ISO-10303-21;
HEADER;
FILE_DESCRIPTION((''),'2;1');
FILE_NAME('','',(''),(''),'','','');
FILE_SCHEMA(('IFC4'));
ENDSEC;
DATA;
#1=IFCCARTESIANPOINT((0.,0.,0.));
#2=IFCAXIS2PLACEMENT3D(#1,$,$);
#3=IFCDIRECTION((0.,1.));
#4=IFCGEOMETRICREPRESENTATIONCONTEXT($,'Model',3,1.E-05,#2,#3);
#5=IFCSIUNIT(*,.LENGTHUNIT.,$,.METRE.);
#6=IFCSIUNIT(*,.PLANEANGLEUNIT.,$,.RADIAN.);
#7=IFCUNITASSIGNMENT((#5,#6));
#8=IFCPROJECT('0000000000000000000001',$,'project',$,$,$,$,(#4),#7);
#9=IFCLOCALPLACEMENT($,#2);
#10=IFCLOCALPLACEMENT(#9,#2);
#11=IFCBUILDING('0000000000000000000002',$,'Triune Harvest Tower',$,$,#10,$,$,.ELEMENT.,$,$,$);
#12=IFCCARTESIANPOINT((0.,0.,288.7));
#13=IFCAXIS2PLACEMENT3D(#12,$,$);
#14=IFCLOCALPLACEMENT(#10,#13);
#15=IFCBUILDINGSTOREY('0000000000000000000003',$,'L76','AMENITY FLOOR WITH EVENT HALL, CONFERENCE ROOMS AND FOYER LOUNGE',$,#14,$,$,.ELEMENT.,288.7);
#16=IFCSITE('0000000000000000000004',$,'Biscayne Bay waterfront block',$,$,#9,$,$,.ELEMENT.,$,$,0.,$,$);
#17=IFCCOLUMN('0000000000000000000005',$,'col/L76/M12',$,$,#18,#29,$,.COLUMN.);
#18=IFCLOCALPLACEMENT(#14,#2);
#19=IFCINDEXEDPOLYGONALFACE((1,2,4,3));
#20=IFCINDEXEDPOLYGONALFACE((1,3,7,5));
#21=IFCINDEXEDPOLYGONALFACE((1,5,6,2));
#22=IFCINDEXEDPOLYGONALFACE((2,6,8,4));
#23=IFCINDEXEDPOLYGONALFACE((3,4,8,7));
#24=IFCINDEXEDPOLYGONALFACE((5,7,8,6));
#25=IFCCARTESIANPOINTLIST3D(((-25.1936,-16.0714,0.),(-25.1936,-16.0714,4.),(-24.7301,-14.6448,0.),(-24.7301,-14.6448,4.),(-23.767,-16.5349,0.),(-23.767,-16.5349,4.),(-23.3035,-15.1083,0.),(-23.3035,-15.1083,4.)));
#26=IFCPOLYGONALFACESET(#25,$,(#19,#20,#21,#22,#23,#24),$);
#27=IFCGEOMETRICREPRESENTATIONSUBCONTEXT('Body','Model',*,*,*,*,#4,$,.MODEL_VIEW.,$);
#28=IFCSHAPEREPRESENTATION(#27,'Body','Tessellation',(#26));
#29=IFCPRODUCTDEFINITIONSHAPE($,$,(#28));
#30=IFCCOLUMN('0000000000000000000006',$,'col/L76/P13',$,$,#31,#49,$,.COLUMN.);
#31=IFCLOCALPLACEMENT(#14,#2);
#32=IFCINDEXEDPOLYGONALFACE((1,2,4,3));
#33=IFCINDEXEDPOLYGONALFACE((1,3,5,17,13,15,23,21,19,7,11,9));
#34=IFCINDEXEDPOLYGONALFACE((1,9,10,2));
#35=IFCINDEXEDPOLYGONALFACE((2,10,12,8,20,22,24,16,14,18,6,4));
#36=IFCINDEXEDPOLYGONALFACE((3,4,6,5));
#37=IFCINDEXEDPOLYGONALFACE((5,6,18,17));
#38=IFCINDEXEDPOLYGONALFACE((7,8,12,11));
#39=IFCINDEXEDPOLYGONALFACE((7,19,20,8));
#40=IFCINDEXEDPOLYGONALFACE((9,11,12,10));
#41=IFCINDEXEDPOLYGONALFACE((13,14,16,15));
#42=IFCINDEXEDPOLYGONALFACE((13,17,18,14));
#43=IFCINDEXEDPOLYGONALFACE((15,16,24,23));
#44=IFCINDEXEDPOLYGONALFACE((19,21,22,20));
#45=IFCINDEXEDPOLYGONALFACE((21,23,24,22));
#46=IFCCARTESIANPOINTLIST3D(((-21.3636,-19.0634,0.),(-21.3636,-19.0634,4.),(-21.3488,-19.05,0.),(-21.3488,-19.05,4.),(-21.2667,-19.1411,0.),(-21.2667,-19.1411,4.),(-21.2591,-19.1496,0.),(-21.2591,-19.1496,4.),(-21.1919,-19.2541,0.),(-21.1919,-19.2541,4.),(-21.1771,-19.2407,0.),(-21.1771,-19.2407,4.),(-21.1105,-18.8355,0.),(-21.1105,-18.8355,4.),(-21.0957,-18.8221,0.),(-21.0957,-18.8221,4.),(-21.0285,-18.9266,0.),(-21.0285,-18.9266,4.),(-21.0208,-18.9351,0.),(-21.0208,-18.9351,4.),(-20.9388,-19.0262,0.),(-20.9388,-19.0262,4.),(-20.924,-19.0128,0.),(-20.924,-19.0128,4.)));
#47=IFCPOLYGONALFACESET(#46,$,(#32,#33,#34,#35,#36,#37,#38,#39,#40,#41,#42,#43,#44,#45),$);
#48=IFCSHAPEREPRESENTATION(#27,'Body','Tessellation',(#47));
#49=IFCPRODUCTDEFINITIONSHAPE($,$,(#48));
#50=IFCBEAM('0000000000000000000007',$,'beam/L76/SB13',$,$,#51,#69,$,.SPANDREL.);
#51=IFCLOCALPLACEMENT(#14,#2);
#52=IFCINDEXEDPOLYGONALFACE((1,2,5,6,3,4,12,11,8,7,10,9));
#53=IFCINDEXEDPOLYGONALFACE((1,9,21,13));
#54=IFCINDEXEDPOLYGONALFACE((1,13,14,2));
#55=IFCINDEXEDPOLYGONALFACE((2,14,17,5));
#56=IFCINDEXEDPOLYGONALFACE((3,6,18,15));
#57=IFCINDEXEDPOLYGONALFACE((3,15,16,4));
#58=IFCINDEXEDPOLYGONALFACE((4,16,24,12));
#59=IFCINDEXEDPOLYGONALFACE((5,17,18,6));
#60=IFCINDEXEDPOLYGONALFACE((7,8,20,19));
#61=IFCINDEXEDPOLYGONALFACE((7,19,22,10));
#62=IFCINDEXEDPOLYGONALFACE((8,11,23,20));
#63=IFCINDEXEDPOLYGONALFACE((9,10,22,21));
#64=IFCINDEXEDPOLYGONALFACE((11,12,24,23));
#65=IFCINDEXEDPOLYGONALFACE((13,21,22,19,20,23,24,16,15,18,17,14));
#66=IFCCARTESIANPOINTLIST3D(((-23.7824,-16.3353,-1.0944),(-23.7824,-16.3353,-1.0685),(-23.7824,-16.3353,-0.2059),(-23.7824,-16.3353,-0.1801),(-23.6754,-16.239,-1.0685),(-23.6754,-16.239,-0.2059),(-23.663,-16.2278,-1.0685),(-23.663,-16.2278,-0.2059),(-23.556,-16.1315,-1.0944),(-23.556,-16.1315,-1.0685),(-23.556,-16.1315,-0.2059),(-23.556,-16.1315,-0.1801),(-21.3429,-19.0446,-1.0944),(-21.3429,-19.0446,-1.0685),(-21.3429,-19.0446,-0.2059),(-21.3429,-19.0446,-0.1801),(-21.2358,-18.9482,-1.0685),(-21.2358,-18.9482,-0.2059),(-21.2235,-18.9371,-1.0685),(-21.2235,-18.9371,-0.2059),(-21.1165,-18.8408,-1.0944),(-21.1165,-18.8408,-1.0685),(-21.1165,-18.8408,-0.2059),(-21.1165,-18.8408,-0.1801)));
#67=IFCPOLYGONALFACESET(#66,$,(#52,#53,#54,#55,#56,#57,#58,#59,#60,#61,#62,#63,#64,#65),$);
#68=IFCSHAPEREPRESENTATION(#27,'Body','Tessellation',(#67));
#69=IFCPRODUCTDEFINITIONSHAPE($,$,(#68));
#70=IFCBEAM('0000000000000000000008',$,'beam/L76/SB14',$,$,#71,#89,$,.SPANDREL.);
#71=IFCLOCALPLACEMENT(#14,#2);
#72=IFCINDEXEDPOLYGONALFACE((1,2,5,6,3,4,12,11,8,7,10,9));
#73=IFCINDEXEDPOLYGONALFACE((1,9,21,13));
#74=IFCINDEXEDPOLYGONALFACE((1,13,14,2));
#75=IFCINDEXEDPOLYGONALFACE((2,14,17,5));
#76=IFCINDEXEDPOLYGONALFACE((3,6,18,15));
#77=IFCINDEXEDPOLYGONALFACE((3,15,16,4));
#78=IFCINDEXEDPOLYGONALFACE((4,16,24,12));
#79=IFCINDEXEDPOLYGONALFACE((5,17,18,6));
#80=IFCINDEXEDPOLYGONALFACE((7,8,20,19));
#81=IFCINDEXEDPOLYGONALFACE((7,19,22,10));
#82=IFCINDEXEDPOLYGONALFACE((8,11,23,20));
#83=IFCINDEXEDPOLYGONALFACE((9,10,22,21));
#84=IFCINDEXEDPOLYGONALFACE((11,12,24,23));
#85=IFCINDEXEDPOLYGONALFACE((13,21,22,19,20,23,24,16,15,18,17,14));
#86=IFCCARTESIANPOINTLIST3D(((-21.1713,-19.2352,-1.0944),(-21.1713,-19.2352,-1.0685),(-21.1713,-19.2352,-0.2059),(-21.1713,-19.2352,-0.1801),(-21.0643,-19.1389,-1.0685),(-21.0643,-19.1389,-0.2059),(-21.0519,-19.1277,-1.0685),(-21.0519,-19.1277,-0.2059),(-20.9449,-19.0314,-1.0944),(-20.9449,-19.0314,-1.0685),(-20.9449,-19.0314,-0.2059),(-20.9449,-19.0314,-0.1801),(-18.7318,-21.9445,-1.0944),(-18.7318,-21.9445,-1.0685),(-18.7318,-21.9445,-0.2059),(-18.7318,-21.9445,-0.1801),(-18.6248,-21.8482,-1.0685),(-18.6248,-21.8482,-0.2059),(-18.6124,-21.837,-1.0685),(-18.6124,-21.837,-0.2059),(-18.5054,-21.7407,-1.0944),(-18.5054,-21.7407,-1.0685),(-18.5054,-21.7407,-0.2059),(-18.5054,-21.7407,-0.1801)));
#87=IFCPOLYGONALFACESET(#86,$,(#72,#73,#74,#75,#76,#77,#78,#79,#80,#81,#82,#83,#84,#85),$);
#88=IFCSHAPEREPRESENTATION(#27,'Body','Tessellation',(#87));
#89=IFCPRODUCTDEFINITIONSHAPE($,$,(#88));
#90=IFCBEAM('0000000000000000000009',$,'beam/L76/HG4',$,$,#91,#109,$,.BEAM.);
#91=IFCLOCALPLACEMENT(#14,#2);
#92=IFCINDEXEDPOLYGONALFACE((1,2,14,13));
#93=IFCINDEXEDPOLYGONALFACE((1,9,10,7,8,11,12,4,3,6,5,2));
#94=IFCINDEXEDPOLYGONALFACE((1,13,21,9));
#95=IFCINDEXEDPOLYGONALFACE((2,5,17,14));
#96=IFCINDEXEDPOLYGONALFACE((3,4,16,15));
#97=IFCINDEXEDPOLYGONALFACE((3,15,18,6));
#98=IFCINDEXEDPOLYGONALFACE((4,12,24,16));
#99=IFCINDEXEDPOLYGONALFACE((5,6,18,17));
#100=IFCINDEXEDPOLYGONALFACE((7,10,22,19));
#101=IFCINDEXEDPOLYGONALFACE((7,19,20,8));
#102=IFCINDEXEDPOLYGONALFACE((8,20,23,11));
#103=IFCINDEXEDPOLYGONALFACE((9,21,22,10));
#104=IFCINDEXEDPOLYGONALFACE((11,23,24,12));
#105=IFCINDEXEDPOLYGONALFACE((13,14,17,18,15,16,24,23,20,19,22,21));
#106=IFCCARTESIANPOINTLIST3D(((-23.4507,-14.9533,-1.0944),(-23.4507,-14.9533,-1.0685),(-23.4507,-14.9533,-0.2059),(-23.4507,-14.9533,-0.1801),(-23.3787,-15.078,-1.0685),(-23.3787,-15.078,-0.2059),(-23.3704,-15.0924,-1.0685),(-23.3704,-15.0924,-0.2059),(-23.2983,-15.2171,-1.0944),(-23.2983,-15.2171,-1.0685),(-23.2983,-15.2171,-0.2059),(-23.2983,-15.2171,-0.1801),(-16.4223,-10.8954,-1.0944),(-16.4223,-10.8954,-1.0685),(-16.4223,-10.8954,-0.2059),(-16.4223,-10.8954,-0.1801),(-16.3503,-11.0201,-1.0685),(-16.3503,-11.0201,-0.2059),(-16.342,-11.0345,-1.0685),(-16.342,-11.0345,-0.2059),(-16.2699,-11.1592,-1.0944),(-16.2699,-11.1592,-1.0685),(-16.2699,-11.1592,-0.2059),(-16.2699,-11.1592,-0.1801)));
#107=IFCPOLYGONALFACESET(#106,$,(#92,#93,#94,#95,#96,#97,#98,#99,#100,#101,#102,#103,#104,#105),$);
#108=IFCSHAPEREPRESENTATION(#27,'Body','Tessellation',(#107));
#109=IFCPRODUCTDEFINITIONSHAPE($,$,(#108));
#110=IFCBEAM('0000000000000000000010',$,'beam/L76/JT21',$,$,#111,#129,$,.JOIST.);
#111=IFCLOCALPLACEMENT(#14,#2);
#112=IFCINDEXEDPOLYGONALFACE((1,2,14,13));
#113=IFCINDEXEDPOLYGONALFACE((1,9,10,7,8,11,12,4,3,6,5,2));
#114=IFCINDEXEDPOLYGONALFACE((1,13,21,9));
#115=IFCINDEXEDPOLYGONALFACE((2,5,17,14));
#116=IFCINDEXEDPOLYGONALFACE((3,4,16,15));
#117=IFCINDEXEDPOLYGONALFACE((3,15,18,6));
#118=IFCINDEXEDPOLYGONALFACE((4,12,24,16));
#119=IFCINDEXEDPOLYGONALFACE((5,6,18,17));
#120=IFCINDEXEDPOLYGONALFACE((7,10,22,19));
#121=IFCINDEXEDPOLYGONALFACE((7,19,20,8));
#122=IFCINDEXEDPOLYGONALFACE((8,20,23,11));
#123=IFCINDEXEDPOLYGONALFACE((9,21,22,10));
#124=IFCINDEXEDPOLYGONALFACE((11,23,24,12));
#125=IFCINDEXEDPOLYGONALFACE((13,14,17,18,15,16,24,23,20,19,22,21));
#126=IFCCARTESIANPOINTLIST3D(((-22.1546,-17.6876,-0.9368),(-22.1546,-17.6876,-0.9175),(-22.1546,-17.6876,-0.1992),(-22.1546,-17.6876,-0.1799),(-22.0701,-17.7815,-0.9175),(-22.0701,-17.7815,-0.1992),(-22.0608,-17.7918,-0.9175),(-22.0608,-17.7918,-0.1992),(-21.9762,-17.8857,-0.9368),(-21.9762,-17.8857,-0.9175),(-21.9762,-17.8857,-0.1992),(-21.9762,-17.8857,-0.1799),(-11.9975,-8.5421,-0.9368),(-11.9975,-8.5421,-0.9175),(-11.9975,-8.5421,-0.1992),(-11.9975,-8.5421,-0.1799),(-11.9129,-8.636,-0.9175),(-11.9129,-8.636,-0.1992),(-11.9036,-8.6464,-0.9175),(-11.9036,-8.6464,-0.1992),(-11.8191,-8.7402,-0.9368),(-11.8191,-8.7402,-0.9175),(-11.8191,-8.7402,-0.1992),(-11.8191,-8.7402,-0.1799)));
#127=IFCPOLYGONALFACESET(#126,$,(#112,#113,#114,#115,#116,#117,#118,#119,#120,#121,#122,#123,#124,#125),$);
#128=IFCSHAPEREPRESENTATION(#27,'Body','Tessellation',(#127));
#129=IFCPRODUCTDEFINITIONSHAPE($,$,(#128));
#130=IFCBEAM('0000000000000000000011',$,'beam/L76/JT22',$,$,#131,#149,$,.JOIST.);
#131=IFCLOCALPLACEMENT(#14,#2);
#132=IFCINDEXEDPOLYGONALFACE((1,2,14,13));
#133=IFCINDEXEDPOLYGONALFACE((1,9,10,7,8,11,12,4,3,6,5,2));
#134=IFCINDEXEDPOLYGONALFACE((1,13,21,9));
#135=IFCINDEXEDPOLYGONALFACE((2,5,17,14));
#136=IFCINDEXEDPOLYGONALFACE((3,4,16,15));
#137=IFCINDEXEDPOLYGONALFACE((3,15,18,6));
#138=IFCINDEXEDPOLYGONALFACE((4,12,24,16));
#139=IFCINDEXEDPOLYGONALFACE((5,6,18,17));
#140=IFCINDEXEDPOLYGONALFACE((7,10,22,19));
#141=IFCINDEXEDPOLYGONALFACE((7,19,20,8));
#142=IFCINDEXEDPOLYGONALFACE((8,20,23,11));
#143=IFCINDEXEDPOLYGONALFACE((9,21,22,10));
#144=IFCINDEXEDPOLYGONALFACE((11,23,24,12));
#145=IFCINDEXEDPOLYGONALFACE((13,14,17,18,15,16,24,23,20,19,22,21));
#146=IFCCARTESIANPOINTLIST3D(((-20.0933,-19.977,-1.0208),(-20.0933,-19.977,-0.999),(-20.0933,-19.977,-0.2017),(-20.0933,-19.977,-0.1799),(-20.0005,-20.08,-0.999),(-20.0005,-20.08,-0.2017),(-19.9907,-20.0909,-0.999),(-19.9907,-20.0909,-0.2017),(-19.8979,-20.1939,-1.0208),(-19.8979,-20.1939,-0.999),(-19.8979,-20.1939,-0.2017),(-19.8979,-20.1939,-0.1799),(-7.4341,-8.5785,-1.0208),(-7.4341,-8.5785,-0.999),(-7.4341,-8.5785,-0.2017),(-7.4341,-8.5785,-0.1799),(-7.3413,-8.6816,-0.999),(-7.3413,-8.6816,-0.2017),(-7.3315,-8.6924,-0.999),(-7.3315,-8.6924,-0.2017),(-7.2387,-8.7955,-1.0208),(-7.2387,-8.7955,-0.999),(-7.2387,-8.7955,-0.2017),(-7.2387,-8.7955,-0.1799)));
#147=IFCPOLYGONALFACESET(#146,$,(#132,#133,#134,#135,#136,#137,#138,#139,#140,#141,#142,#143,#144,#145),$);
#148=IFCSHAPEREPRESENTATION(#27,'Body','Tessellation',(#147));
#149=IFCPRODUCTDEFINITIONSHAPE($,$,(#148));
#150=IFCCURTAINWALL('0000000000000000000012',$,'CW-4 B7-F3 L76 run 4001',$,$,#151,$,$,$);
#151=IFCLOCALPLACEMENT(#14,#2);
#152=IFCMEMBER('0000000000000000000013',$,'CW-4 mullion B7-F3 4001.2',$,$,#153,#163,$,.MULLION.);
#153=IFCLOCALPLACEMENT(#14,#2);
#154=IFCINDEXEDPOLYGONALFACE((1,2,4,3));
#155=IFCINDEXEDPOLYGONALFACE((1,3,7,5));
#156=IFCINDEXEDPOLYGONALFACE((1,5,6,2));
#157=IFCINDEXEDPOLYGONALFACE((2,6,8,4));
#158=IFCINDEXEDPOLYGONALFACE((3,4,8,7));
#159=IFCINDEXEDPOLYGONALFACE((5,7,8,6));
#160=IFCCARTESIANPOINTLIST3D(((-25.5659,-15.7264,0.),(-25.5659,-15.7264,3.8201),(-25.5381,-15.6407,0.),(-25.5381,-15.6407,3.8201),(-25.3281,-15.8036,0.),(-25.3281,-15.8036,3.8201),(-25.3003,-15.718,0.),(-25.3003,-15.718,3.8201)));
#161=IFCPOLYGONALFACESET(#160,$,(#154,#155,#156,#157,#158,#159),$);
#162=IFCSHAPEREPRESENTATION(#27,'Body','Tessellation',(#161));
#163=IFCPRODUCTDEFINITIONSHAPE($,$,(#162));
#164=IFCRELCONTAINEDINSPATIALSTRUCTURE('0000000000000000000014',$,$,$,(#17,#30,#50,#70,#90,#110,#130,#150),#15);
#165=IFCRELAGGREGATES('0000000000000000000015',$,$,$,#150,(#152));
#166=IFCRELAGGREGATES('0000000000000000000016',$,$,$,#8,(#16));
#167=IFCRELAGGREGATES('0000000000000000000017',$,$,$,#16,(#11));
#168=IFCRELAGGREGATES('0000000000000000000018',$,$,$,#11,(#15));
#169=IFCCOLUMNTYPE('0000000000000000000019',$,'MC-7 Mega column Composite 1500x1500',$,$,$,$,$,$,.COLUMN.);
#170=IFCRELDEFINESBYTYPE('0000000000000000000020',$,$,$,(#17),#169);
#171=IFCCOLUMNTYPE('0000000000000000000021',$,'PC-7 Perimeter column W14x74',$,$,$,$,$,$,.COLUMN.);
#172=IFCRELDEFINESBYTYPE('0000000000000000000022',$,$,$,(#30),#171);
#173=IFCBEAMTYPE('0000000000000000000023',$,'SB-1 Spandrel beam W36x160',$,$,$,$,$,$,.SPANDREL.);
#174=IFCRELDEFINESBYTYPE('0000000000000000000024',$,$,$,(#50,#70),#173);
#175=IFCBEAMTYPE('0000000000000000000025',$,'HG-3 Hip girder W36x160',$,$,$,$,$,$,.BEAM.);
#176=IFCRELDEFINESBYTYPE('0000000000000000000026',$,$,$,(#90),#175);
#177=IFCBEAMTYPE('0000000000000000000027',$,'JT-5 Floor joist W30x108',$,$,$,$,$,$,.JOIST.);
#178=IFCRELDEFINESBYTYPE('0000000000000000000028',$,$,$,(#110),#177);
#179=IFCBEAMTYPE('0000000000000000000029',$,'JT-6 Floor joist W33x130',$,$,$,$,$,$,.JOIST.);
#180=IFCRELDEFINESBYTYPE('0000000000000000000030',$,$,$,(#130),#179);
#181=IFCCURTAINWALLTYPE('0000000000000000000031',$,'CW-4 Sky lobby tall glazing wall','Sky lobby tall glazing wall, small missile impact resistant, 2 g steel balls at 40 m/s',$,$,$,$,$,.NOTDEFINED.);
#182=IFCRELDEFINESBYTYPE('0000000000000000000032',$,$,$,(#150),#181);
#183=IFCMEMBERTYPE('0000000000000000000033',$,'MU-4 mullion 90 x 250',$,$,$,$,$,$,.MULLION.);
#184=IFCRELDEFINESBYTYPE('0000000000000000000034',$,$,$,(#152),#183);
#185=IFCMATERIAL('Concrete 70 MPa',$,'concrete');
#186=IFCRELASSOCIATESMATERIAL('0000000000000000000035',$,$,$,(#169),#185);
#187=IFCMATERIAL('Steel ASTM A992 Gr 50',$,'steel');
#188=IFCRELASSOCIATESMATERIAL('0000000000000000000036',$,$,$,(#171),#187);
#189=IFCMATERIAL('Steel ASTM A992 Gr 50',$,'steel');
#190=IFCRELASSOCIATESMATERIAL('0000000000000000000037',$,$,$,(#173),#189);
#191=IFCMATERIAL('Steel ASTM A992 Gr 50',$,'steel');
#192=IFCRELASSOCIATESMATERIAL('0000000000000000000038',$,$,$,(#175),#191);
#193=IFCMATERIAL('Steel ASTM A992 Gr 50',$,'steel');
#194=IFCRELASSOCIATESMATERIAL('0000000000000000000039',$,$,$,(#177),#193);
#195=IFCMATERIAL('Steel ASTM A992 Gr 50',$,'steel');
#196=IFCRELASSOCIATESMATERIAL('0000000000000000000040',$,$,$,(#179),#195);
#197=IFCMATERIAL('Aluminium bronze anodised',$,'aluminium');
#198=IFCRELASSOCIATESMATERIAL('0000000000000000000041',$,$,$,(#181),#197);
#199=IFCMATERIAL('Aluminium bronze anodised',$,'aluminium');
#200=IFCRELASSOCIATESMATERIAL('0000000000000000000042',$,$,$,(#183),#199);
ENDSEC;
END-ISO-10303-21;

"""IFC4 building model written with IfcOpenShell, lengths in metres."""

from ifc_helpers import new_model, si_unit, direction, frame, origin, origin_2d, place, context, subcontext, project, spatial, rectangle, i_section, extrude, source, transform, mapped, material, material_profile, profile_set, type_object, element, aggregate, save


model = new_model("IFC4")

# Units and contexts
model_context = context("Model", 3, precision=1e-05, world=origin(), true_north=direction((0.0, 1.0)))
body_context = subcontext(model_context, "Body", "Model", "MODEL_VIEW")
ifc_project = project(units=[si_unit("LENGTHUNIT", "METRE"), si_unit("PLANEANGLEUNIT", "RADIAN")], contexts=[model_context])

# Site, building, storey
site_placement = place(None, origin())
site = spatial("IfcSite", under=ifc_project, at=site_placement, Name="Biscayne Bay waterfront block", CompositionType="ELEMENT", RefElevation=0.0)
building_placement = place(site_placement, origin())
building = spatial("IfcBuilding", under=site, at=building_placement, Name="Triune Harvest Tower", CompositionType="ELEMENT")
storey_placement = place(building_placement, frame((0.0, 0.0, 288.7)))
storey = spatial("IfcBuildingStorey", under=building, at=storey_placement, Name="L76", Description="AMENITY FLOOR WITH EVENT HALL, CONFERENCE ROOMS AND FOYER LOUNGE", CompositionType="ELEMENT", Elevation=288.7)

# Columns
ifc_material_1 = material(Name="Concrete 70 MPa", Category="concrete")
ifc_material_profile_1 = material_profile(ifc_material_1, rectangle(XDim=1.5, YDim=1.5, at=origin_2d()), Name="Composite 1500x1500")
ifc_profile_set_1 = profile_set([ifc_material_profile_1], Name="Concrete 70 MPa")
column_type_1 = type_object("IfcColumnType", Name="MC-7 Mega column Composite 1500x1500", PredefinedType="COLUMN", material=ifc_profile_set_1)
shared_shape_1 = source(origin(), body_context, "Body", "SweptSolid", [
    extrude(rectangle(XDim=1.5, YDim=1.5, at=origin_2d()), origin(), (0.0, 0.0, 1.0), 4.0),
])
column_1_placement = place(storey_placement, frame((-24.2485, -15.5898, 0.0), z_axis=(0.0, 0.0, 1.0), x_axis=(-0.309015, -0.951057, 0.0)))
element("IfcColumn", 1, at=column_1_placement, inside=storey, type_object=column_type_1, Name="col/L76/M12", PredefinedType="COLUMN", context=body_context, shape_type="MappedRepresentation", body=[
    mapped(shared_shape_1, transform((0.0, 0.0, 0.0), scale=1.0)),
])
ifc_material_2 = material(Name="Steel ASTM A992 Gr 50", Category="steel")
ifc_material_profile_2 = material_profile(ifc_material_2, i_section(OverallWidth=0.2566, OverallDepth=0.3606, WebThickness=0.0115, FlangeThickness=0.02, at=origin_2d()), Name="W14x74")
ifc_profile_set_2 = profile_set([ifc_material_profile_2], Name="Steel ASTM A992 Gr 50")
column_type_2 = type_object("IfcColumnType", Name="PC-7 Perimeter column W14x74", PredefinedType="COLUMN", material=ifc_profile_set_2)
shared_shape_2 = source(origin(), body_context, "Body", "SweptSolid", [
    extrude(i_section(OverallWidth=0.2566, OverallDepth=0.3606, WebThickness=0.0115, FlangeThickness=0.02, at=origin_2d()), origin(), (0.0, 0.0, 1.0), 4.0),
])
column_2_placement = place(storey_placement, frame((-21.1438, -19.0381, 0.0), z_axis=(0.0, 0.0, 1.0), x_axis=(0.669129, -0.743146, 0.0)))
element("IfcColumn", 2, at=column_2_placement, inside=storey, type_object=column_type_2, Name="col/L76/P13", PredefinedType="COLUMN", context=body_context, shape_type="MappedRepresentation", body=[
    mapped(shared_shape_2, transform((0.0, 0.0, 0.0), scale=1.0)),
])

# Beams
ifc_material_3 = material(Name="Steel ASTM A992 Gr 50", Category="steel")
ifc_material_profile_3 = material_profile(ifc_material_3, i_section(OverallWidth=0.3047, OverallDepth=0.9143, WebThickness=0.0166, FlangeThickness=0.0259, at=origin_2d()), Name="W36x160")
ifc_profile_set_3 = profile_set([ifc_material_profile_3], Name="Steel ASTM A992 Gr 50")
beam_type_1 = type_object("IfcBeamType", Name="SB-1 Spandrel beam W36x160", PredefinedType="SPANDREL", material=ifc_profile_set_3)
shared_shape_3 = source(origin(), body_context, "Body", "SweptSolid", [
    extrude(i_section(OverallWidth=0.3047, OverallDepth=0.9143, WebThickness=0.0166, FlangeThickness=0.0259, at=origin_2d()), origin(), (0.0, 0.0, 1.0), 3.6458),
])
for number, where, z_axis, x_axis, name in (
    (3, (-23.6692, -16.2334, -0.6372), (0.669139, -0.743138, 0.0), (0.743138, 0.669139, 0.0), "beam/L76/SB13"),
    (4, (-21.0581, -19.1333, -0.6372), (0.669139, -0.743138, 0.0), (0.743138, 0.669139, 0.0), "beam/L76/SB14"),
):
    element("IfcBeam", number, at=place(storey_placement, frame(where, z_axis=z_axis, x_axis=x_axis)), inside=storey, type_object=beam_type_1, Name=name, PredefinedType="SPANDREL", context=body_context, shape_type="MappedRepresentation", body=[
        mapped(shared_shape_3, transform((0.0, 0.0, 0.0), scale=1.0)),
    ])
ifc_material_4 = material(Name="Steel ASTM A992 Gr 50", Category="steel")
ifc_material_profile_4 = material_profile(ifc_material_4, i_section(OverallWidth=0.3047, OverallDepth=0.9143, WebThickness=0.0166, FlangeThickness=0.0259, at=origin_2d()), Name="W36x160")
ifc_profile_set_4 = profile_set([ifc_material_profile_4], Name="Steel ASTM A992 Gr 50")
beam_type_2 = type_object("IfcBeamType", Name="HG-3 Hip girder W36x160", PredefinedType="BEAM", material=ifc_profile_set_4)
shared_shape_4 = source(origin(), body_context, "Body", "SweptSolid", [
    extrude(i_section(OverallWidth=0.3047, OverallDepth=0.9143, WebThickness=0.0166, FlangeThickness=0.0259, at=origin_2d()), origin(), (0.0, 0.0, 1.0), 8.1157),
])
beam_1_placement = place(storey_placement, frame((-23.3745, -15.0852, -0.6372), z_axis=(0.866022, 0.500005, 0.0), x_axis=(-0.500005, 0.866022, 0.0)))
element("IfcBeam", 5, at=beam_1_placement, inside=storey, type_object=beam_type_2, Name="beam/L76/HG4", PredefinedType="BEAM", context=body_context, shape_type="MappedRepresentation", body=[
    mapped(shared_shape_4, transform((0.0, 0.0, 0.0), scale=1.0)),
])
ifc_material_5 = material(Name="Steel ASTM A992 Gr 50", Category="steel")
ifc_material_profile_5 = material_profile(ifc_material_5, i_section(OverallWidth=0.2666, OverallDepth=0.7568, WebThickness=0.0139, FlangeThickness=0.0193, at=origin_2d()), Name="W30x108")
ifc_profile_set_5 = profile_set([ifc_material_profile_5], Name="Steel ASTM A992 Gr 50")
beam_type_3 = type_object("IfcBeamType", Name="JT-5 Floor joist W30x108", PredefinedType="JOIST", material=ifc_profile_set_5)
shared_shape_5 = source(origin(), body_context, "Body", "SweptSolid", [
    extrude(i_section(OverallWidth=0.2666, OverallDepth=0.7568, WebThickness=0.0139, FlangeThickness=0.0193, at=origin_2d()), origin(), (0.0, 0.0, 1.0), 13.6677),
])
beam_2_placement = place(storey_placement, frame((-22.0654, -17.7866, -0.5583), z_axis=(0.743148, 0.669127, 0.0), x_axis=(-0.669127, 0.743148, 0.0)))
element("IfcBeam", 6, at=beam_2_placement, inside=storey, type_object=beam_type_3, Name="beam/L76/JT21", PredefinedType="JOIST", context=body_context, shape_type="MappedRepresentation", body=[
    mapped(shared_shape_5, transform((0.0, 0.0, 0.0), scale=1.0)),
])
ifc_material_6 = material(Name="Steel ASTM A992 Gr 50", Category="steel")
ifc_material_profile_6 = material_profile(ifc_material_6, i_section(OverallWidth=0.292, OverallDepth=0.8408, WebThickness=0.0146, FlangeThickness=0.0217, at=origin_2d()), Name="W33x130")
ifc_profile_set_6 = profile_set([ifc_material_profile_6], Name="Steel ASTM A992 Gr 50")
beam_type_4 = type_object("IfcBeamType", Name="JT-6 Floor joist W33x130", PredefinedType="JOIST", material=ifc_profile_set_6)
shared_shape_6 = source(origin(), body_context, "Body", "SweptSolid", [
    extrude(i_section(OverallWidth=0.292, OverallDepth=0.8408, WebThickness=0.0146, FlangeThickness=0.0217, at=origin_2d()), origin(), (0.0, 0.0, 1.0), 17.0347),
])
beam_3_placement = place(storey_placement, frame((-19.9956, -20.0854, -0.6003), z_axis=(0.743143, 0.669133, 0.0), x_axis=(-0.669133, 0.743143, 0.0)))
element("IfcBeam", 7, at=beam_3_placement, inside=storey, type_object=beam_type_4, Name="beam/L76/JT22", PredefinedType="JOIST", context=body_context, shape_type="MappedRepresentation", body=[
    mapped(shared_shape_6, transform((0.0, 0.0, 0.0), scale=1.0)),
])

# Curtain wall, member
ifc_material_7 = material(Name="Aluminium bronze anodised", Category="aluminium")
curtain_wall_type = type_object("IfcCurtainWallType", Name="CW-4 Sky lobby tall glazing wall", Description="Sky lobby tall glazing wall, small missile impact resistant, 2 g steel balls at 40 m/s", PredefinedType="NOTDEFINED", material=ifc_material_7)
curtain_wall_1_placement = place(storey_placement, origin())
curtain_wall_1 = element("IfcCurtainWall", 8, at=curtain_wall_1_placement, inside=storey, type_object=curtain_wall_type, Name="CW-4 B7-F3 L76 run 4001")
ifc_material_8 = material(Name="Aluminium bronze anodised", Category="aluminium")
ifc_material_profile_7 = material_profile(ifc_material_8, rectangle(XDim=0.25, YDim=0.0901, at=origin_2d()), Name="MU-4 mullion 90 x 250")
ifc_profile_set_7 = profile_set([ifc_material_profile_7], Name="Aluminium bronze anodised")
member_type_1 = type_object("IfcMemberType", Name="MU-4 mullion 90 x 250", PredefinedType="MULLION", material=ifc_profile_set_7)
shared_shape_7 = source(origin(), body_context, "Body", "SweptSolid", [
    extrude(rectangle(XDim=0.25, YDim=0.0901, at=origin_2d()), origin(), (0.0, 0.0, 1.0), 3.8201),
])
member_1_placement = place(storey_placement, frame((-25.4331, -15.7222, 0.0), z_axis=(0.0, 0.0, 1.0), x_axis=(0.951058, -0.309011, 0.0)))
member_1 = element("IfcMember", 9, at=member_1_placement, type_object=member_type_1, Name="CW-4 mullion B7-F3 4001.2", PredefinedType="MULLION", context=body_context, shape_type="MappedRepresentation", body=[
    mapped(shared_shape_7, transform((0.0, 0.0, 0.0), scale=1.0)),
])
aggregate(curtain_wall_1, [member_1])

save(model, "model.ifc")
